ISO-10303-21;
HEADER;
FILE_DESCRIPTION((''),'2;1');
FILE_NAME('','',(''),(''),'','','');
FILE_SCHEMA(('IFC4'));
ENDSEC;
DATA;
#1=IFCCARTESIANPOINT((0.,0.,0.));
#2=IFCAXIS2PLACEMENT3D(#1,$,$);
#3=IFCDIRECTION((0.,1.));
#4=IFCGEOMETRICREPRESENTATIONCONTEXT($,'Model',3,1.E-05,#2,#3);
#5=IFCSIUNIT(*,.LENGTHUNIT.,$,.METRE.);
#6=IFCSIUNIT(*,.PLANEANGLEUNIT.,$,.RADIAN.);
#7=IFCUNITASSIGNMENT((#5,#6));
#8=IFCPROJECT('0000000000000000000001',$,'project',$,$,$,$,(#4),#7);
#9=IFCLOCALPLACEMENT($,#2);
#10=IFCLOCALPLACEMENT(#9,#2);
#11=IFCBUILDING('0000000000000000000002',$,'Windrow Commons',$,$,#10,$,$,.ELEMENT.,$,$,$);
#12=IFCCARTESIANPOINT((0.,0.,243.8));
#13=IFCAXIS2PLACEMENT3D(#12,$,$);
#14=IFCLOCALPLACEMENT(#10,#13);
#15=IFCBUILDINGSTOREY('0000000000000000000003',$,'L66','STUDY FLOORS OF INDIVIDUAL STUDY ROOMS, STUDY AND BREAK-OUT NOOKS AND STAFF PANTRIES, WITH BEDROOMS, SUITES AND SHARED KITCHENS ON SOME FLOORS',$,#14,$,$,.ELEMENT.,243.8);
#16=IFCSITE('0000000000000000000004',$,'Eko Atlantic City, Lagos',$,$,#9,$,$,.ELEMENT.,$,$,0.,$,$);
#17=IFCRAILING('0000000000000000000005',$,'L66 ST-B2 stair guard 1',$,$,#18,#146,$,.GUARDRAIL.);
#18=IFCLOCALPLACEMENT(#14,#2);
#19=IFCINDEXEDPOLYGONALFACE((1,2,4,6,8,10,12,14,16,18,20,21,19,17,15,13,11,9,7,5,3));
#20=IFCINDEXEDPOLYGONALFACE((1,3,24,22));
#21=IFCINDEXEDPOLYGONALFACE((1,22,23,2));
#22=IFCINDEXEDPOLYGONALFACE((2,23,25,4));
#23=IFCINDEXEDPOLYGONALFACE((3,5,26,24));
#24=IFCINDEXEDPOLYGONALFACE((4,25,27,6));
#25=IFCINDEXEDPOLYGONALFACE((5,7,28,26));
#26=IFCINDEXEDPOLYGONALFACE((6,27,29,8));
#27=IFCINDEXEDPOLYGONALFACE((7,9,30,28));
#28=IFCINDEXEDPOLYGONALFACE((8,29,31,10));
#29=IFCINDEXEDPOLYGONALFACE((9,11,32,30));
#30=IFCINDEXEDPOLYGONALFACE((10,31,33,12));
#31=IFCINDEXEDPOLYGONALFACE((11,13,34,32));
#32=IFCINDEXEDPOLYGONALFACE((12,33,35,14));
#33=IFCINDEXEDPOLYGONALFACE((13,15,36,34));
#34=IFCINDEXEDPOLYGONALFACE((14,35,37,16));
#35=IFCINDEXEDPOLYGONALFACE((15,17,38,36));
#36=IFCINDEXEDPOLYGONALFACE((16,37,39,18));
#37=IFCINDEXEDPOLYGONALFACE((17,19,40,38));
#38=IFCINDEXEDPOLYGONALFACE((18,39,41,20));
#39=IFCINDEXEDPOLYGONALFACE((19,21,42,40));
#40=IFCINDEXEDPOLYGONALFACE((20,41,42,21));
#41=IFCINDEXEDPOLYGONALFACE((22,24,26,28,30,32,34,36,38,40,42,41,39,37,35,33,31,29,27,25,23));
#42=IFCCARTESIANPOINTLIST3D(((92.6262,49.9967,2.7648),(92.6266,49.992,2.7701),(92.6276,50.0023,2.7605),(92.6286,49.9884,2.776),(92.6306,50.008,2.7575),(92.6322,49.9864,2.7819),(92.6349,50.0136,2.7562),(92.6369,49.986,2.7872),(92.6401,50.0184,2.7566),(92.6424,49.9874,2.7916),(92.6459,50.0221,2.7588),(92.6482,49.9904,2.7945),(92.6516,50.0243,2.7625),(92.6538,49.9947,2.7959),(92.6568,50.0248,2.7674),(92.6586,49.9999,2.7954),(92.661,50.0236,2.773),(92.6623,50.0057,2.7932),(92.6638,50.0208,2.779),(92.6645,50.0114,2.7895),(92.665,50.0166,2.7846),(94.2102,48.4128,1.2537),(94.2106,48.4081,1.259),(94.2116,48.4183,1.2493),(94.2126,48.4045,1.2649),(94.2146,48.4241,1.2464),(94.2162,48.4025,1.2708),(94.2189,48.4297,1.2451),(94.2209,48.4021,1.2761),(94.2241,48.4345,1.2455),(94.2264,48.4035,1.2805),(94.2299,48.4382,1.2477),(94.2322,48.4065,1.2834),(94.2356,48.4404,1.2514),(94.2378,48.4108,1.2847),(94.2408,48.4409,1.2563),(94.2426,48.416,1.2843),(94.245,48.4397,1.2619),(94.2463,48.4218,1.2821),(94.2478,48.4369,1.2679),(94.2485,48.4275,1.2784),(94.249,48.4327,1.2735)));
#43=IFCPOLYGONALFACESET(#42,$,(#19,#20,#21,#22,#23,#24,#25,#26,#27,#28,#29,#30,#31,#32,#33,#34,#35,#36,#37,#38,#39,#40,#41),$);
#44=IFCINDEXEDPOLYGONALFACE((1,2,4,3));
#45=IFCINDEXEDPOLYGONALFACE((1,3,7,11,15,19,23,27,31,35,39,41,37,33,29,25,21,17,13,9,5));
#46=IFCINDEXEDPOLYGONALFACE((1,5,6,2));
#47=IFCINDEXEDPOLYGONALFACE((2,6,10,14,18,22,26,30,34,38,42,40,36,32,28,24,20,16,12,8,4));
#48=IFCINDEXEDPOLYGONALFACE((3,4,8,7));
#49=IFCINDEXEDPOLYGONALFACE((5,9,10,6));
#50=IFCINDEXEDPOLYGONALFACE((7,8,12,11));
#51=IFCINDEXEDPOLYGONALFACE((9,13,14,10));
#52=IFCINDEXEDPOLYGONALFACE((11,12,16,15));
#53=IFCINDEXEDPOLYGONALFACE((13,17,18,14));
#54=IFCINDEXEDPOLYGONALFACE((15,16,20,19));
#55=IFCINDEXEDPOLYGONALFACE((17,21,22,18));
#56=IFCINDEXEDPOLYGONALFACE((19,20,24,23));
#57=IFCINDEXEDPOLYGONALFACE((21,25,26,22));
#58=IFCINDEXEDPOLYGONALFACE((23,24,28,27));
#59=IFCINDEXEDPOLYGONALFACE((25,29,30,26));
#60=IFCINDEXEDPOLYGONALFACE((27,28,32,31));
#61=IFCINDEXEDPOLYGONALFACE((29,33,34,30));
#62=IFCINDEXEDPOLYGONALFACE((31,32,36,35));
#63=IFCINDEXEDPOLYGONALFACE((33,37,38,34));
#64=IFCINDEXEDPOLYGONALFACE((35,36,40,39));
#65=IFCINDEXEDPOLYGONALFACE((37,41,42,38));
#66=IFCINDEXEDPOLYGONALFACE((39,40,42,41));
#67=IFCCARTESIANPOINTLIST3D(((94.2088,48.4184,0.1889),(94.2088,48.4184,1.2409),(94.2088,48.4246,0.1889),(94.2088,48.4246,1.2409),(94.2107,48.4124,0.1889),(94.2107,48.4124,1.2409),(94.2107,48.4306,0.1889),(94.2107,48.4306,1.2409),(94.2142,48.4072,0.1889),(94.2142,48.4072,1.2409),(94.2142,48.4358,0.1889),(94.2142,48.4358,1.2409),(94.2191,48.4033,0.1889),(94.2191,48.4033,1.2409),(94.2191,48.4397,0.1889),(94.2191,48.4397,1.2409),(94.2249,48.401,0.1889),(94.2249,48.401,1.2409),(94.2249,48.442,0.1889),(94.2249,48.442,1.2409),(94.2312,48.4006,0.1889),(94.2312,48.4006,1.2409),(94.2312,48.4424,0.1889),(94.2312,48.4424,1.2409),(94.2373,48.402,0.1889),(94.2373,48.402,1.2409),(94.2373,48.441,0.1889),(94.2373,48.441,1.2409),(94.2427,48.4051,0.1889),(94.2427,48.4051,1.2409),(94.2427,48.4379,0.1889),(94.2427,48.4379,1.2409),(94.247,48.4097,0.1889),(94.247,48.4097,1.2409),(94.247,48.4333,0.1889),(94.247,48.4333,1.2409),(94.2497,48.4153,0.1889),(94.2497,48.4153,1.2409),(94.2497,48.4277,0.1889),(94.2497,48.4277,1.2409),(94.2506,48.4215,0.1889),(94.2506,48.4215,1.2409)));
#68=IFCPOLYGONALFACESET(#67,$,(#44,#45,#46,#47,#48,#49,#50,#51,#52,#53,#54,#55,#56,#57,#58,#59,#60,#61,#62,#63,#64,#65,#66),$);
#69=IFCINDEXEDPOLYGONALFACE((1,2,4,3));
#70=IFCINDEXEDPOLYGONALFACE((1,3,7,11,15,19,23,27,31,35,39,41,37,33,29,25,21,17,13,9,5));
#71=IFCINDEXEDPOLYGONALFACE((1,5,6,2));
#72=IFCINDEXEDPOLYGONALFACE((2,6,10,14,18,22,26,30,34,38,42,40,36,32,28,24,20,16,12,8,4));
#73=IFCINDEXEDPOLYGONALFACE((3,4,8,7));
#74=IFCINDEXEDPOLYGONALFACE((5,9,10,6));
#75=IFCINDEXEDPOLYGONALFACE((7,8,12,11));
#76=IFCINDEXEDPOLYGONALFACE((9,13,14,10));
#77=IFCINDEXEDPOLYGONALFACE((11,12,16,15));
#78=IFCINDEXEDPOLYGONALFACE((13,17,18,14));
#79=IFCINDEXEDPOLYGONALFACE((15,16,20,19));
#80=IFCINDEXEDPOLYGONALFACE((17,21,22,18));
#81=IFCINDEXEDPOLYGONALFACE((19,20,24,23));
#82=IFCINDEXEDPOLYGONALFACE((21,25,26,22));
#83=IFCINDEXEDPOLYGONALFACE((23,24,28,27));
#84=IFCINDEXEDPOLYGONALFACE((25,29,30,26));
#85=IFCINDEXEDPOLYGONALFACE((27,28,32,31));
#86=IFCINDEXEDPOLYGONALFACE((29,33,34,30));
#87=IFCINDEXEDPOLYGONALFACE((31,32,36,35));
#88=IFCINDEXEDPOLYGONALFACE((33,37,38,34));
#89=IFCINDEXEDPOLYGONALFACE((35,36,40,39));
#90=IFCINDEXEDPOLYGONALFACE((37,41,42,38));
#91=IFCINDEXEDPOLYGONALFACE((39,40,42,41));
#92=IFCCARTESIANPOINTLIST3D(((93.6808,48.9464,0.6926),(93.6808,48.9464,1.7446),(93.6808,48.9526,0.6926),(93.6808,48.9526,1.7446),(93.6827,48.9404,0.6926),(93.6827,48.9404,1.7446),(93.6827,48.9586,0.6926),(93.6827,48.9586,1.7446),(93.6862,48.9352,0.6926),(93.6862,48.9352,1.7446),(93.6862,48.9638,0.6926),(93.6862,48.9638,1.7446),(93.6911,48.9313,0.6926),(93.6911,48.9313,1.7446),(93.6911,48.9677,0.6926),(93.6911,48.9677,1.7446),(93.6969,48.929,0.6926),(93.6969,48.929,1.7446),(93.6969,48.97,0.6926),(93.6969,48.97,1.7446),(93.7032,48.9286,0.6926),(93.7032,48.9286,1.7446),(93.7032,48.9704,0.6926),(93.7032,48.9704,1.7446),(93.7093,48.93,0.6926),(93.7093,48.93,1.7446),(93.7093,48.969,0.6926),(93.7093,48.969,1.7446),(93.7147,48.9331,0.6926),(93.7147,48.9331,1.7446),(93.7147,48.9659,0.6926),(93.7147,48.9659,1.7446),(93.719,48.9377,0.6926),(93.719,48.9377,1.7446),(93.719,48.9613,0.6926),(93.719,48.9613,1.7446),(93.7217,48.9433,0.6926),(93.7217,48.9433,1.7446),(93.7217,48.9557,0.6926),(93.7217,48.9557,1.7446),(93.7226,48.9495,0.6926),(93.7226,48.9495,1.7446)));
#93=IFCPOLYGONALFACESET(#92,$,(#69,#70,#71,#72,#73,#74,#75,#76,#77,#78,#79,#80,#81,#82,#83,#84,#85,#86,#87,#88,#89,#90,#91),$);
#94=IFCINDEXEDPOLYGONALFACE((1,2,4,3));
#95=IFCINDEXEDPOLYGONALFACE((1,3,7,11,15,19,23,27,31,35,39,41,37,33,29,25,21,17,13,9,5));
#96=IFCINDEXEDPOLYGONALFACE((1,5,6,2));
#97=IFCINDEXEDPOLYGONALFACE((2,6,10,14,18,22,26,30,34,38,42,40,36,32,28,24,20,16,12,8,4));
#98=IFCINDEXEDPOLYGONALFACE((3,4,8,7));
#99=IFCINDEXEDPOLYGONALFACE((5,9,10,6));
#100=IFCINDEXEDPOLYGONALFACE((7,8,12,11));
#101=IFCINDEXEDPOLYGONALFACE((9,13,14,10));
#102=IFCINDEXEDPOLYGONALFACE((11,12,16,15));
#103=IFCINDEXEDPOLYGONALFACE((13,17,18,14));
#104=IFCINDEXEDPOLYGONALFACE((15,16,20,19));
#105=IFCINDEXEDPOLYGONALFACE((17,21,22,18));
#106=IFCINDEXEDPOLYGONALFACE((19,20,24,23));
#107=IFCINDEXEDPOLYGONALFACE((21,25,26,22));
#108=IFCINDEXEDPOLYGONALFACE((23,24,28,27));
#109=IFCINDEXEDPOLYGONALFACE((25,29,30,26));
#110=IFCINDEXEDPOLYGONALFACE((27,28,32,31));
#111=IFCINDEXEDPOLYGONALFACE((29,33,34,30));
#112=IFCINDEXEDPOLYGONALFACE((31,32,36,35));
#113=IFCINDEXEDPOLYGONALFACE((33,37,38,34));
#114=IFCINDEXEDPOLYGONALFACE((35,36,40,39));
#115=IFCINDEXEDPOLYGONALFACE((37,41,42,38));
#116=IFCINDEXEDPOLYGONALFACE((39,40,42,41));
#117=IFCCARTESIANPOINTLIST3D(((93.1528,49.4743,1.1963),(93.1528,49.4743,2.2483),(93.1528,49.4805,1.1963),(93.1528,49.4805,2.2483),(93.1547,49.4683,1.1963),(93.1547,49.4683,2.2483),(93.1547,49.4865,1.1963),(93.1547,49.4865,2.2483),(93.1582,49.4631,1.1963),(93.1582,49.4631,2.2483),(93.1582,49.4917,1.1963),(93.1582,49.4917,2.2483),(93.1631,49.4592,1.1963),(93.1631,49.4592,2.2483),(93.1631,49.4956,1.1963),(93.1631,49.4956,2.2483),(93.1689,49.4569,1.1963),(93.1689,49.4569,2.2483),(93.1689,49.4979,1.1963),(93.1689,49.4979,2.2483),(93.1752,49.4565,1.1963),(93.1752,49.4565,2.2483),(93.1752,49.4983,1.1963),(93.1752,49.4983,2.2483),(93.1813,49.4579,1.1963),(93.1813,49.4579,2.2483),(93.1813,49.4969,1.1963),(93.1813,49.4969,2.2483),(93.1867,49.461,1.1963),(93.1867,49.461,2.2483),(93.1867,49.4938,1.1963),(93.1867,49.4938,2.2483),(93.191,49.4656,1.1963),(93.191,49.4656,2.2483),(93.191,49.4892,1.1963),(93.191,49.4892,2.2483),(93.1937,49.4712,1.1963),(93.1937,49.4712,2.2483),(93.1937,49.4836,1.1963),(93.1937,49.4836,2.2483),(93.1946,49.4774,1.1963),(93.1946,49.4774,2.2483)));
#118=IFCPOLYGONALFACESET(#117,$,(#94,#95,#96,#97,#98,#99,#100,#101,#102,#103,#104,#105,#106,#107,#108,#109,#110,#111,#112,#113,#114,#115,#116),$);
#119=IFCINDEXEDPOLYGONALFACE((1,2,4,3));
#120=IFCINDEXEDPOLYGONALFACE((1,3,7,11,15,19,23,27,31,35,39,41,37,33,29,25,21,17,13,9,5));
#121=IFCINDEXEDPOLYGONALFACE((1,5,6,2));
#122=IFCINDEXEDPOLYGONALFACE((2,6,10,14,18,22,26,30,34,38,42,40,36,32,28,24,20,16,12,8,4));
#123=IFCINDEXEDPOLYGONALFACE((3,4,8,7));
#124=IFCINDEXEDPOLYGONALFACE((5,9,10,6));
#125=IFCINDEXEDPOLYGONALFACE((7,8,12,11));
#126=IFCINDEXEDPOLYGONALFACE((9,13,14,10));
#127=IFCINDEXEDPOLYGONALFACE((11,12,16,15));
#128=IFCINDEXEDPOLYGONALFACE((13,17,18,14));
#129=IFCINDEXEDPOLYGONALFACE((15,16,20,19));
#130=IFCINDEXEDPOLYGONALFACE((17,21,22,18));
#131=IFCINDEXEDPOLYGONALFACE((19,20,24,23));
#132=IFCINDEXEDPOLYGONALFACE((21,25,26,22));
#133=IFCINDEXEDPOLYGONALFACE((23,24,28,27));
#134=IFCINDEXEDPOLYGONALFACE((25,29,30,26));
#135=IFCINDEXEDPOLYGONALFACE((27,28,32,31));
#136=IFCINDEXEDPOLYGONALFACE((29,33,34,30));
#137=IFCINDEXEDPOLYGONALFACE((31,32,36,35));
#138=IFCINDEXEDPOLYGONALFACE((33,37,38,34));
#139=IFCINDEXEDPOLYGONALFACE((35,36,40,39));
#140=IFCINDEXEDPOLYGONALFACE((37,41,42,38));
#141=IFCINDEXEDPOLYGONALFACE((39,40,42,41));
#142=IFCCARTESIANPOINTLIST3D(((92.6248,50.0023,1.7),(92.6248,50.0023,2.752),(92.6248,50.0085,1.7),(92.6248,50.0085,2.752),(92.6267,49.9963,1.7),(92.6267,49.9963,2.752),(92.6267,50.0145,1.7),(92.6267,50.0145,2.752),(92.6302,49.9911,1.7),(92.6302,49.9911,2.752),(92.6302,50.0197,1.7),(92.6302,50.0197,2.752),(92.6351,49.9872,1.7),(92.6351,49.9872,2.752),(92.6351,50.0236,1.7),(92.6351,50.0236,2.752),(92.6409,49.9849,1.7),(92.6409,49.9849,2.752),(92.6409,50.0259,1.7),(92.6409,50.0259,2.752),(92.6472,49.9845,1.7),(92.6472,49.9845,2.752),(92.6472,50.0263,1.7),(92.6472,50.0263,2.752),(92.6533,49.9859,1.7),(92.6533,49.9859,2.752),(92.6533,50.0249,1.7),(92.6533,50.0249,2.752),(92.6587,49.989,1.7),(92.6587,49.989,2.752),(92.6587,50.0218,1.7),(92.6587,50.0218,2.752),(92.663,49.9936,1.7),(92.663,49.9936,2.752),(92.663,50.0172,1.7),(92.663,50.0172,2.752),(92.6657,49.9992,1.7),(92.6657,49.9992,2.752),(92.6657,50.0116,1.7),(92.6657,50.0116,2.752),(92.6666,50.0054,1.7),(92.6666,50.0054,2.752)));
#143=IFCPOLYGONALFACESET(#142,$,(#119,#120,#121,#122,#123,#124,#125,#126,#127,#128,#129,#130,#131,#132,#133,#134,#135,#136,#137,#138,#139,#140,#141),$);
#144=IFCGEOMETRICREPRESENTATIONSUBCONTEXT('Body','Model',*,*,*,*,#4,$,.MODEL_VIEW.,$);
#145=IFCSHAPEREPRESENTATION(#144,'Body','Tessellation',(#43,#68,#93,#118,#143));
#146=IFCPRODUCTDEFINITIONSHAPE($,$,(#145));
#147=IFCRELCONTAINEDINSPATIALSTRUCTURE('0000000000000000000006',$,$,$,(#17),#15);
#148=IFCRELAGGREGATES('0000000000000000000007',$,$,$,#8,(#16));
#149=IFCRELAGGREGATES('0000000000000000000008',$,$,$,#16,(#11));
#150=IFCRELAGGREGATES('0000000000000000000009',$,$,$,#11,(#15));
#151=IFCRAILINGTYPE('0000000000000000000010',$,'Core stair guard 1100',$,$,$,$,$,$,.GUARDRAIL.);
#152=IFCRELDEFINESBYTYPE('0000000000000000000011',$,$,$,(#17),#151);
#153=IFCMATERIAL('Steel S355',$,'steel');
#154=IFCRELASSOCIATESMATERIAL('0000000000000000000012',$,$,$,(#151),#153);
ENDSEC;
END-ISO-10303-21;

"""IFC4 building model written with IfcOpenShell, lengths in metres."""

from ifc_helpers import new_model, si_unit, direction, frame, origin, origin_2d, place, context, subcontext, project, spatial, circle, extrude, material, type_object, element, save


model = new_model("IFC4")

# Units and contexts
model_context = context("Model", 3, precision=1e-05, world=origin(), true_north=direction((0.0, 1.0)))
body_context = subcontext(model_context, "Body", "Model", "MODEL_VIEW")
ifc_project = project(units=[si_unit("LENGTHUNIT", "METRE"), si_unit("PLANEANGLEUNIT", "RADIAN")], contexts=[model_context])

# Site, building, storey
site_placement = place(None, origin())
site = spatial("IfcSite", under=ifc_project, at=site_placement, Name="Eko Atlantic City, Lagos", CompositionType="ELEMENT", RefElevation=0.0)
building_placement = place(site_placement, origin())
building = spatial("IfcBuilding", under=site, at=building_placement, Name="Windrow Commons", CompositionType="ELEMENT")
storey_placement = place(building_placement, frame((0.0, 0.0, 243.8)))
storey = spatial("IfcBuildingStorey", under=building, at=storey_placement, Name="L66", Description="STUDY FLOORS OF INDIVIDUAL STUDY ROOMS, STUDY AND BREAK-OUT NOOKS AND STAFF PANTRIES, WITH BEDROOMS, SUITES AND SHARED KITCHENS ON SOME FLOORS", CompositionType="ELEMENT", Elevation=243.8)

# Railing
ifc_material_1 = material(Name="Steel S355", Category="steel")
railing_type_1 = type_object("IfcRailingType", Name="Core stair guard 1100", PredefinedType="GUARDRAIL", material=ifc_material_1)
railing_1_placement = place(storey_placement, frame((94.2296, 48.4215, 0.1889)))
element("IfcRailing", 1, at=railing_1_placement, inside=storey, type_object=railing_type_1, Name="L66 ST-B2 stair guard 1", PredefinedType="GUARDRAIL", context=body_context, shape_type="SweptSolid", body=[
    extrude(circle(Radius=0.024, at=origin_2d()), frame((0.0, 0.0, 1.076), z_axis=(-0.586216, 0.586179, 0.559237), x_axis=(-0.707084, -0.707129, 0.0)), (0.0, 0.0, 1.0), 2.7021),
    extrude(circle(Radius=0.021, at=origin_2d()), origin(), (0.0, 0.0, 1.0), 1.052),
    extrude(circle(Radius=0.021, at=origin_2d()), frame((-0.528, 0.528, 0.5037)), (0.0, 0.0, 1.0), 1.052),
    extrude(circle(Radius=0.021, at=origin_2d()), frame((-1.056, 1.0559, 1.0074)), (0.0, 0.0, 1.0), 1.052),
    extrude(circle(Radius=0.021, at=origin_2d()), frame((-1.584, 1.5839, 1.5111)), (0.0, 0.0, 1.0), 1.052),
])

save(model, "model.ifc")
